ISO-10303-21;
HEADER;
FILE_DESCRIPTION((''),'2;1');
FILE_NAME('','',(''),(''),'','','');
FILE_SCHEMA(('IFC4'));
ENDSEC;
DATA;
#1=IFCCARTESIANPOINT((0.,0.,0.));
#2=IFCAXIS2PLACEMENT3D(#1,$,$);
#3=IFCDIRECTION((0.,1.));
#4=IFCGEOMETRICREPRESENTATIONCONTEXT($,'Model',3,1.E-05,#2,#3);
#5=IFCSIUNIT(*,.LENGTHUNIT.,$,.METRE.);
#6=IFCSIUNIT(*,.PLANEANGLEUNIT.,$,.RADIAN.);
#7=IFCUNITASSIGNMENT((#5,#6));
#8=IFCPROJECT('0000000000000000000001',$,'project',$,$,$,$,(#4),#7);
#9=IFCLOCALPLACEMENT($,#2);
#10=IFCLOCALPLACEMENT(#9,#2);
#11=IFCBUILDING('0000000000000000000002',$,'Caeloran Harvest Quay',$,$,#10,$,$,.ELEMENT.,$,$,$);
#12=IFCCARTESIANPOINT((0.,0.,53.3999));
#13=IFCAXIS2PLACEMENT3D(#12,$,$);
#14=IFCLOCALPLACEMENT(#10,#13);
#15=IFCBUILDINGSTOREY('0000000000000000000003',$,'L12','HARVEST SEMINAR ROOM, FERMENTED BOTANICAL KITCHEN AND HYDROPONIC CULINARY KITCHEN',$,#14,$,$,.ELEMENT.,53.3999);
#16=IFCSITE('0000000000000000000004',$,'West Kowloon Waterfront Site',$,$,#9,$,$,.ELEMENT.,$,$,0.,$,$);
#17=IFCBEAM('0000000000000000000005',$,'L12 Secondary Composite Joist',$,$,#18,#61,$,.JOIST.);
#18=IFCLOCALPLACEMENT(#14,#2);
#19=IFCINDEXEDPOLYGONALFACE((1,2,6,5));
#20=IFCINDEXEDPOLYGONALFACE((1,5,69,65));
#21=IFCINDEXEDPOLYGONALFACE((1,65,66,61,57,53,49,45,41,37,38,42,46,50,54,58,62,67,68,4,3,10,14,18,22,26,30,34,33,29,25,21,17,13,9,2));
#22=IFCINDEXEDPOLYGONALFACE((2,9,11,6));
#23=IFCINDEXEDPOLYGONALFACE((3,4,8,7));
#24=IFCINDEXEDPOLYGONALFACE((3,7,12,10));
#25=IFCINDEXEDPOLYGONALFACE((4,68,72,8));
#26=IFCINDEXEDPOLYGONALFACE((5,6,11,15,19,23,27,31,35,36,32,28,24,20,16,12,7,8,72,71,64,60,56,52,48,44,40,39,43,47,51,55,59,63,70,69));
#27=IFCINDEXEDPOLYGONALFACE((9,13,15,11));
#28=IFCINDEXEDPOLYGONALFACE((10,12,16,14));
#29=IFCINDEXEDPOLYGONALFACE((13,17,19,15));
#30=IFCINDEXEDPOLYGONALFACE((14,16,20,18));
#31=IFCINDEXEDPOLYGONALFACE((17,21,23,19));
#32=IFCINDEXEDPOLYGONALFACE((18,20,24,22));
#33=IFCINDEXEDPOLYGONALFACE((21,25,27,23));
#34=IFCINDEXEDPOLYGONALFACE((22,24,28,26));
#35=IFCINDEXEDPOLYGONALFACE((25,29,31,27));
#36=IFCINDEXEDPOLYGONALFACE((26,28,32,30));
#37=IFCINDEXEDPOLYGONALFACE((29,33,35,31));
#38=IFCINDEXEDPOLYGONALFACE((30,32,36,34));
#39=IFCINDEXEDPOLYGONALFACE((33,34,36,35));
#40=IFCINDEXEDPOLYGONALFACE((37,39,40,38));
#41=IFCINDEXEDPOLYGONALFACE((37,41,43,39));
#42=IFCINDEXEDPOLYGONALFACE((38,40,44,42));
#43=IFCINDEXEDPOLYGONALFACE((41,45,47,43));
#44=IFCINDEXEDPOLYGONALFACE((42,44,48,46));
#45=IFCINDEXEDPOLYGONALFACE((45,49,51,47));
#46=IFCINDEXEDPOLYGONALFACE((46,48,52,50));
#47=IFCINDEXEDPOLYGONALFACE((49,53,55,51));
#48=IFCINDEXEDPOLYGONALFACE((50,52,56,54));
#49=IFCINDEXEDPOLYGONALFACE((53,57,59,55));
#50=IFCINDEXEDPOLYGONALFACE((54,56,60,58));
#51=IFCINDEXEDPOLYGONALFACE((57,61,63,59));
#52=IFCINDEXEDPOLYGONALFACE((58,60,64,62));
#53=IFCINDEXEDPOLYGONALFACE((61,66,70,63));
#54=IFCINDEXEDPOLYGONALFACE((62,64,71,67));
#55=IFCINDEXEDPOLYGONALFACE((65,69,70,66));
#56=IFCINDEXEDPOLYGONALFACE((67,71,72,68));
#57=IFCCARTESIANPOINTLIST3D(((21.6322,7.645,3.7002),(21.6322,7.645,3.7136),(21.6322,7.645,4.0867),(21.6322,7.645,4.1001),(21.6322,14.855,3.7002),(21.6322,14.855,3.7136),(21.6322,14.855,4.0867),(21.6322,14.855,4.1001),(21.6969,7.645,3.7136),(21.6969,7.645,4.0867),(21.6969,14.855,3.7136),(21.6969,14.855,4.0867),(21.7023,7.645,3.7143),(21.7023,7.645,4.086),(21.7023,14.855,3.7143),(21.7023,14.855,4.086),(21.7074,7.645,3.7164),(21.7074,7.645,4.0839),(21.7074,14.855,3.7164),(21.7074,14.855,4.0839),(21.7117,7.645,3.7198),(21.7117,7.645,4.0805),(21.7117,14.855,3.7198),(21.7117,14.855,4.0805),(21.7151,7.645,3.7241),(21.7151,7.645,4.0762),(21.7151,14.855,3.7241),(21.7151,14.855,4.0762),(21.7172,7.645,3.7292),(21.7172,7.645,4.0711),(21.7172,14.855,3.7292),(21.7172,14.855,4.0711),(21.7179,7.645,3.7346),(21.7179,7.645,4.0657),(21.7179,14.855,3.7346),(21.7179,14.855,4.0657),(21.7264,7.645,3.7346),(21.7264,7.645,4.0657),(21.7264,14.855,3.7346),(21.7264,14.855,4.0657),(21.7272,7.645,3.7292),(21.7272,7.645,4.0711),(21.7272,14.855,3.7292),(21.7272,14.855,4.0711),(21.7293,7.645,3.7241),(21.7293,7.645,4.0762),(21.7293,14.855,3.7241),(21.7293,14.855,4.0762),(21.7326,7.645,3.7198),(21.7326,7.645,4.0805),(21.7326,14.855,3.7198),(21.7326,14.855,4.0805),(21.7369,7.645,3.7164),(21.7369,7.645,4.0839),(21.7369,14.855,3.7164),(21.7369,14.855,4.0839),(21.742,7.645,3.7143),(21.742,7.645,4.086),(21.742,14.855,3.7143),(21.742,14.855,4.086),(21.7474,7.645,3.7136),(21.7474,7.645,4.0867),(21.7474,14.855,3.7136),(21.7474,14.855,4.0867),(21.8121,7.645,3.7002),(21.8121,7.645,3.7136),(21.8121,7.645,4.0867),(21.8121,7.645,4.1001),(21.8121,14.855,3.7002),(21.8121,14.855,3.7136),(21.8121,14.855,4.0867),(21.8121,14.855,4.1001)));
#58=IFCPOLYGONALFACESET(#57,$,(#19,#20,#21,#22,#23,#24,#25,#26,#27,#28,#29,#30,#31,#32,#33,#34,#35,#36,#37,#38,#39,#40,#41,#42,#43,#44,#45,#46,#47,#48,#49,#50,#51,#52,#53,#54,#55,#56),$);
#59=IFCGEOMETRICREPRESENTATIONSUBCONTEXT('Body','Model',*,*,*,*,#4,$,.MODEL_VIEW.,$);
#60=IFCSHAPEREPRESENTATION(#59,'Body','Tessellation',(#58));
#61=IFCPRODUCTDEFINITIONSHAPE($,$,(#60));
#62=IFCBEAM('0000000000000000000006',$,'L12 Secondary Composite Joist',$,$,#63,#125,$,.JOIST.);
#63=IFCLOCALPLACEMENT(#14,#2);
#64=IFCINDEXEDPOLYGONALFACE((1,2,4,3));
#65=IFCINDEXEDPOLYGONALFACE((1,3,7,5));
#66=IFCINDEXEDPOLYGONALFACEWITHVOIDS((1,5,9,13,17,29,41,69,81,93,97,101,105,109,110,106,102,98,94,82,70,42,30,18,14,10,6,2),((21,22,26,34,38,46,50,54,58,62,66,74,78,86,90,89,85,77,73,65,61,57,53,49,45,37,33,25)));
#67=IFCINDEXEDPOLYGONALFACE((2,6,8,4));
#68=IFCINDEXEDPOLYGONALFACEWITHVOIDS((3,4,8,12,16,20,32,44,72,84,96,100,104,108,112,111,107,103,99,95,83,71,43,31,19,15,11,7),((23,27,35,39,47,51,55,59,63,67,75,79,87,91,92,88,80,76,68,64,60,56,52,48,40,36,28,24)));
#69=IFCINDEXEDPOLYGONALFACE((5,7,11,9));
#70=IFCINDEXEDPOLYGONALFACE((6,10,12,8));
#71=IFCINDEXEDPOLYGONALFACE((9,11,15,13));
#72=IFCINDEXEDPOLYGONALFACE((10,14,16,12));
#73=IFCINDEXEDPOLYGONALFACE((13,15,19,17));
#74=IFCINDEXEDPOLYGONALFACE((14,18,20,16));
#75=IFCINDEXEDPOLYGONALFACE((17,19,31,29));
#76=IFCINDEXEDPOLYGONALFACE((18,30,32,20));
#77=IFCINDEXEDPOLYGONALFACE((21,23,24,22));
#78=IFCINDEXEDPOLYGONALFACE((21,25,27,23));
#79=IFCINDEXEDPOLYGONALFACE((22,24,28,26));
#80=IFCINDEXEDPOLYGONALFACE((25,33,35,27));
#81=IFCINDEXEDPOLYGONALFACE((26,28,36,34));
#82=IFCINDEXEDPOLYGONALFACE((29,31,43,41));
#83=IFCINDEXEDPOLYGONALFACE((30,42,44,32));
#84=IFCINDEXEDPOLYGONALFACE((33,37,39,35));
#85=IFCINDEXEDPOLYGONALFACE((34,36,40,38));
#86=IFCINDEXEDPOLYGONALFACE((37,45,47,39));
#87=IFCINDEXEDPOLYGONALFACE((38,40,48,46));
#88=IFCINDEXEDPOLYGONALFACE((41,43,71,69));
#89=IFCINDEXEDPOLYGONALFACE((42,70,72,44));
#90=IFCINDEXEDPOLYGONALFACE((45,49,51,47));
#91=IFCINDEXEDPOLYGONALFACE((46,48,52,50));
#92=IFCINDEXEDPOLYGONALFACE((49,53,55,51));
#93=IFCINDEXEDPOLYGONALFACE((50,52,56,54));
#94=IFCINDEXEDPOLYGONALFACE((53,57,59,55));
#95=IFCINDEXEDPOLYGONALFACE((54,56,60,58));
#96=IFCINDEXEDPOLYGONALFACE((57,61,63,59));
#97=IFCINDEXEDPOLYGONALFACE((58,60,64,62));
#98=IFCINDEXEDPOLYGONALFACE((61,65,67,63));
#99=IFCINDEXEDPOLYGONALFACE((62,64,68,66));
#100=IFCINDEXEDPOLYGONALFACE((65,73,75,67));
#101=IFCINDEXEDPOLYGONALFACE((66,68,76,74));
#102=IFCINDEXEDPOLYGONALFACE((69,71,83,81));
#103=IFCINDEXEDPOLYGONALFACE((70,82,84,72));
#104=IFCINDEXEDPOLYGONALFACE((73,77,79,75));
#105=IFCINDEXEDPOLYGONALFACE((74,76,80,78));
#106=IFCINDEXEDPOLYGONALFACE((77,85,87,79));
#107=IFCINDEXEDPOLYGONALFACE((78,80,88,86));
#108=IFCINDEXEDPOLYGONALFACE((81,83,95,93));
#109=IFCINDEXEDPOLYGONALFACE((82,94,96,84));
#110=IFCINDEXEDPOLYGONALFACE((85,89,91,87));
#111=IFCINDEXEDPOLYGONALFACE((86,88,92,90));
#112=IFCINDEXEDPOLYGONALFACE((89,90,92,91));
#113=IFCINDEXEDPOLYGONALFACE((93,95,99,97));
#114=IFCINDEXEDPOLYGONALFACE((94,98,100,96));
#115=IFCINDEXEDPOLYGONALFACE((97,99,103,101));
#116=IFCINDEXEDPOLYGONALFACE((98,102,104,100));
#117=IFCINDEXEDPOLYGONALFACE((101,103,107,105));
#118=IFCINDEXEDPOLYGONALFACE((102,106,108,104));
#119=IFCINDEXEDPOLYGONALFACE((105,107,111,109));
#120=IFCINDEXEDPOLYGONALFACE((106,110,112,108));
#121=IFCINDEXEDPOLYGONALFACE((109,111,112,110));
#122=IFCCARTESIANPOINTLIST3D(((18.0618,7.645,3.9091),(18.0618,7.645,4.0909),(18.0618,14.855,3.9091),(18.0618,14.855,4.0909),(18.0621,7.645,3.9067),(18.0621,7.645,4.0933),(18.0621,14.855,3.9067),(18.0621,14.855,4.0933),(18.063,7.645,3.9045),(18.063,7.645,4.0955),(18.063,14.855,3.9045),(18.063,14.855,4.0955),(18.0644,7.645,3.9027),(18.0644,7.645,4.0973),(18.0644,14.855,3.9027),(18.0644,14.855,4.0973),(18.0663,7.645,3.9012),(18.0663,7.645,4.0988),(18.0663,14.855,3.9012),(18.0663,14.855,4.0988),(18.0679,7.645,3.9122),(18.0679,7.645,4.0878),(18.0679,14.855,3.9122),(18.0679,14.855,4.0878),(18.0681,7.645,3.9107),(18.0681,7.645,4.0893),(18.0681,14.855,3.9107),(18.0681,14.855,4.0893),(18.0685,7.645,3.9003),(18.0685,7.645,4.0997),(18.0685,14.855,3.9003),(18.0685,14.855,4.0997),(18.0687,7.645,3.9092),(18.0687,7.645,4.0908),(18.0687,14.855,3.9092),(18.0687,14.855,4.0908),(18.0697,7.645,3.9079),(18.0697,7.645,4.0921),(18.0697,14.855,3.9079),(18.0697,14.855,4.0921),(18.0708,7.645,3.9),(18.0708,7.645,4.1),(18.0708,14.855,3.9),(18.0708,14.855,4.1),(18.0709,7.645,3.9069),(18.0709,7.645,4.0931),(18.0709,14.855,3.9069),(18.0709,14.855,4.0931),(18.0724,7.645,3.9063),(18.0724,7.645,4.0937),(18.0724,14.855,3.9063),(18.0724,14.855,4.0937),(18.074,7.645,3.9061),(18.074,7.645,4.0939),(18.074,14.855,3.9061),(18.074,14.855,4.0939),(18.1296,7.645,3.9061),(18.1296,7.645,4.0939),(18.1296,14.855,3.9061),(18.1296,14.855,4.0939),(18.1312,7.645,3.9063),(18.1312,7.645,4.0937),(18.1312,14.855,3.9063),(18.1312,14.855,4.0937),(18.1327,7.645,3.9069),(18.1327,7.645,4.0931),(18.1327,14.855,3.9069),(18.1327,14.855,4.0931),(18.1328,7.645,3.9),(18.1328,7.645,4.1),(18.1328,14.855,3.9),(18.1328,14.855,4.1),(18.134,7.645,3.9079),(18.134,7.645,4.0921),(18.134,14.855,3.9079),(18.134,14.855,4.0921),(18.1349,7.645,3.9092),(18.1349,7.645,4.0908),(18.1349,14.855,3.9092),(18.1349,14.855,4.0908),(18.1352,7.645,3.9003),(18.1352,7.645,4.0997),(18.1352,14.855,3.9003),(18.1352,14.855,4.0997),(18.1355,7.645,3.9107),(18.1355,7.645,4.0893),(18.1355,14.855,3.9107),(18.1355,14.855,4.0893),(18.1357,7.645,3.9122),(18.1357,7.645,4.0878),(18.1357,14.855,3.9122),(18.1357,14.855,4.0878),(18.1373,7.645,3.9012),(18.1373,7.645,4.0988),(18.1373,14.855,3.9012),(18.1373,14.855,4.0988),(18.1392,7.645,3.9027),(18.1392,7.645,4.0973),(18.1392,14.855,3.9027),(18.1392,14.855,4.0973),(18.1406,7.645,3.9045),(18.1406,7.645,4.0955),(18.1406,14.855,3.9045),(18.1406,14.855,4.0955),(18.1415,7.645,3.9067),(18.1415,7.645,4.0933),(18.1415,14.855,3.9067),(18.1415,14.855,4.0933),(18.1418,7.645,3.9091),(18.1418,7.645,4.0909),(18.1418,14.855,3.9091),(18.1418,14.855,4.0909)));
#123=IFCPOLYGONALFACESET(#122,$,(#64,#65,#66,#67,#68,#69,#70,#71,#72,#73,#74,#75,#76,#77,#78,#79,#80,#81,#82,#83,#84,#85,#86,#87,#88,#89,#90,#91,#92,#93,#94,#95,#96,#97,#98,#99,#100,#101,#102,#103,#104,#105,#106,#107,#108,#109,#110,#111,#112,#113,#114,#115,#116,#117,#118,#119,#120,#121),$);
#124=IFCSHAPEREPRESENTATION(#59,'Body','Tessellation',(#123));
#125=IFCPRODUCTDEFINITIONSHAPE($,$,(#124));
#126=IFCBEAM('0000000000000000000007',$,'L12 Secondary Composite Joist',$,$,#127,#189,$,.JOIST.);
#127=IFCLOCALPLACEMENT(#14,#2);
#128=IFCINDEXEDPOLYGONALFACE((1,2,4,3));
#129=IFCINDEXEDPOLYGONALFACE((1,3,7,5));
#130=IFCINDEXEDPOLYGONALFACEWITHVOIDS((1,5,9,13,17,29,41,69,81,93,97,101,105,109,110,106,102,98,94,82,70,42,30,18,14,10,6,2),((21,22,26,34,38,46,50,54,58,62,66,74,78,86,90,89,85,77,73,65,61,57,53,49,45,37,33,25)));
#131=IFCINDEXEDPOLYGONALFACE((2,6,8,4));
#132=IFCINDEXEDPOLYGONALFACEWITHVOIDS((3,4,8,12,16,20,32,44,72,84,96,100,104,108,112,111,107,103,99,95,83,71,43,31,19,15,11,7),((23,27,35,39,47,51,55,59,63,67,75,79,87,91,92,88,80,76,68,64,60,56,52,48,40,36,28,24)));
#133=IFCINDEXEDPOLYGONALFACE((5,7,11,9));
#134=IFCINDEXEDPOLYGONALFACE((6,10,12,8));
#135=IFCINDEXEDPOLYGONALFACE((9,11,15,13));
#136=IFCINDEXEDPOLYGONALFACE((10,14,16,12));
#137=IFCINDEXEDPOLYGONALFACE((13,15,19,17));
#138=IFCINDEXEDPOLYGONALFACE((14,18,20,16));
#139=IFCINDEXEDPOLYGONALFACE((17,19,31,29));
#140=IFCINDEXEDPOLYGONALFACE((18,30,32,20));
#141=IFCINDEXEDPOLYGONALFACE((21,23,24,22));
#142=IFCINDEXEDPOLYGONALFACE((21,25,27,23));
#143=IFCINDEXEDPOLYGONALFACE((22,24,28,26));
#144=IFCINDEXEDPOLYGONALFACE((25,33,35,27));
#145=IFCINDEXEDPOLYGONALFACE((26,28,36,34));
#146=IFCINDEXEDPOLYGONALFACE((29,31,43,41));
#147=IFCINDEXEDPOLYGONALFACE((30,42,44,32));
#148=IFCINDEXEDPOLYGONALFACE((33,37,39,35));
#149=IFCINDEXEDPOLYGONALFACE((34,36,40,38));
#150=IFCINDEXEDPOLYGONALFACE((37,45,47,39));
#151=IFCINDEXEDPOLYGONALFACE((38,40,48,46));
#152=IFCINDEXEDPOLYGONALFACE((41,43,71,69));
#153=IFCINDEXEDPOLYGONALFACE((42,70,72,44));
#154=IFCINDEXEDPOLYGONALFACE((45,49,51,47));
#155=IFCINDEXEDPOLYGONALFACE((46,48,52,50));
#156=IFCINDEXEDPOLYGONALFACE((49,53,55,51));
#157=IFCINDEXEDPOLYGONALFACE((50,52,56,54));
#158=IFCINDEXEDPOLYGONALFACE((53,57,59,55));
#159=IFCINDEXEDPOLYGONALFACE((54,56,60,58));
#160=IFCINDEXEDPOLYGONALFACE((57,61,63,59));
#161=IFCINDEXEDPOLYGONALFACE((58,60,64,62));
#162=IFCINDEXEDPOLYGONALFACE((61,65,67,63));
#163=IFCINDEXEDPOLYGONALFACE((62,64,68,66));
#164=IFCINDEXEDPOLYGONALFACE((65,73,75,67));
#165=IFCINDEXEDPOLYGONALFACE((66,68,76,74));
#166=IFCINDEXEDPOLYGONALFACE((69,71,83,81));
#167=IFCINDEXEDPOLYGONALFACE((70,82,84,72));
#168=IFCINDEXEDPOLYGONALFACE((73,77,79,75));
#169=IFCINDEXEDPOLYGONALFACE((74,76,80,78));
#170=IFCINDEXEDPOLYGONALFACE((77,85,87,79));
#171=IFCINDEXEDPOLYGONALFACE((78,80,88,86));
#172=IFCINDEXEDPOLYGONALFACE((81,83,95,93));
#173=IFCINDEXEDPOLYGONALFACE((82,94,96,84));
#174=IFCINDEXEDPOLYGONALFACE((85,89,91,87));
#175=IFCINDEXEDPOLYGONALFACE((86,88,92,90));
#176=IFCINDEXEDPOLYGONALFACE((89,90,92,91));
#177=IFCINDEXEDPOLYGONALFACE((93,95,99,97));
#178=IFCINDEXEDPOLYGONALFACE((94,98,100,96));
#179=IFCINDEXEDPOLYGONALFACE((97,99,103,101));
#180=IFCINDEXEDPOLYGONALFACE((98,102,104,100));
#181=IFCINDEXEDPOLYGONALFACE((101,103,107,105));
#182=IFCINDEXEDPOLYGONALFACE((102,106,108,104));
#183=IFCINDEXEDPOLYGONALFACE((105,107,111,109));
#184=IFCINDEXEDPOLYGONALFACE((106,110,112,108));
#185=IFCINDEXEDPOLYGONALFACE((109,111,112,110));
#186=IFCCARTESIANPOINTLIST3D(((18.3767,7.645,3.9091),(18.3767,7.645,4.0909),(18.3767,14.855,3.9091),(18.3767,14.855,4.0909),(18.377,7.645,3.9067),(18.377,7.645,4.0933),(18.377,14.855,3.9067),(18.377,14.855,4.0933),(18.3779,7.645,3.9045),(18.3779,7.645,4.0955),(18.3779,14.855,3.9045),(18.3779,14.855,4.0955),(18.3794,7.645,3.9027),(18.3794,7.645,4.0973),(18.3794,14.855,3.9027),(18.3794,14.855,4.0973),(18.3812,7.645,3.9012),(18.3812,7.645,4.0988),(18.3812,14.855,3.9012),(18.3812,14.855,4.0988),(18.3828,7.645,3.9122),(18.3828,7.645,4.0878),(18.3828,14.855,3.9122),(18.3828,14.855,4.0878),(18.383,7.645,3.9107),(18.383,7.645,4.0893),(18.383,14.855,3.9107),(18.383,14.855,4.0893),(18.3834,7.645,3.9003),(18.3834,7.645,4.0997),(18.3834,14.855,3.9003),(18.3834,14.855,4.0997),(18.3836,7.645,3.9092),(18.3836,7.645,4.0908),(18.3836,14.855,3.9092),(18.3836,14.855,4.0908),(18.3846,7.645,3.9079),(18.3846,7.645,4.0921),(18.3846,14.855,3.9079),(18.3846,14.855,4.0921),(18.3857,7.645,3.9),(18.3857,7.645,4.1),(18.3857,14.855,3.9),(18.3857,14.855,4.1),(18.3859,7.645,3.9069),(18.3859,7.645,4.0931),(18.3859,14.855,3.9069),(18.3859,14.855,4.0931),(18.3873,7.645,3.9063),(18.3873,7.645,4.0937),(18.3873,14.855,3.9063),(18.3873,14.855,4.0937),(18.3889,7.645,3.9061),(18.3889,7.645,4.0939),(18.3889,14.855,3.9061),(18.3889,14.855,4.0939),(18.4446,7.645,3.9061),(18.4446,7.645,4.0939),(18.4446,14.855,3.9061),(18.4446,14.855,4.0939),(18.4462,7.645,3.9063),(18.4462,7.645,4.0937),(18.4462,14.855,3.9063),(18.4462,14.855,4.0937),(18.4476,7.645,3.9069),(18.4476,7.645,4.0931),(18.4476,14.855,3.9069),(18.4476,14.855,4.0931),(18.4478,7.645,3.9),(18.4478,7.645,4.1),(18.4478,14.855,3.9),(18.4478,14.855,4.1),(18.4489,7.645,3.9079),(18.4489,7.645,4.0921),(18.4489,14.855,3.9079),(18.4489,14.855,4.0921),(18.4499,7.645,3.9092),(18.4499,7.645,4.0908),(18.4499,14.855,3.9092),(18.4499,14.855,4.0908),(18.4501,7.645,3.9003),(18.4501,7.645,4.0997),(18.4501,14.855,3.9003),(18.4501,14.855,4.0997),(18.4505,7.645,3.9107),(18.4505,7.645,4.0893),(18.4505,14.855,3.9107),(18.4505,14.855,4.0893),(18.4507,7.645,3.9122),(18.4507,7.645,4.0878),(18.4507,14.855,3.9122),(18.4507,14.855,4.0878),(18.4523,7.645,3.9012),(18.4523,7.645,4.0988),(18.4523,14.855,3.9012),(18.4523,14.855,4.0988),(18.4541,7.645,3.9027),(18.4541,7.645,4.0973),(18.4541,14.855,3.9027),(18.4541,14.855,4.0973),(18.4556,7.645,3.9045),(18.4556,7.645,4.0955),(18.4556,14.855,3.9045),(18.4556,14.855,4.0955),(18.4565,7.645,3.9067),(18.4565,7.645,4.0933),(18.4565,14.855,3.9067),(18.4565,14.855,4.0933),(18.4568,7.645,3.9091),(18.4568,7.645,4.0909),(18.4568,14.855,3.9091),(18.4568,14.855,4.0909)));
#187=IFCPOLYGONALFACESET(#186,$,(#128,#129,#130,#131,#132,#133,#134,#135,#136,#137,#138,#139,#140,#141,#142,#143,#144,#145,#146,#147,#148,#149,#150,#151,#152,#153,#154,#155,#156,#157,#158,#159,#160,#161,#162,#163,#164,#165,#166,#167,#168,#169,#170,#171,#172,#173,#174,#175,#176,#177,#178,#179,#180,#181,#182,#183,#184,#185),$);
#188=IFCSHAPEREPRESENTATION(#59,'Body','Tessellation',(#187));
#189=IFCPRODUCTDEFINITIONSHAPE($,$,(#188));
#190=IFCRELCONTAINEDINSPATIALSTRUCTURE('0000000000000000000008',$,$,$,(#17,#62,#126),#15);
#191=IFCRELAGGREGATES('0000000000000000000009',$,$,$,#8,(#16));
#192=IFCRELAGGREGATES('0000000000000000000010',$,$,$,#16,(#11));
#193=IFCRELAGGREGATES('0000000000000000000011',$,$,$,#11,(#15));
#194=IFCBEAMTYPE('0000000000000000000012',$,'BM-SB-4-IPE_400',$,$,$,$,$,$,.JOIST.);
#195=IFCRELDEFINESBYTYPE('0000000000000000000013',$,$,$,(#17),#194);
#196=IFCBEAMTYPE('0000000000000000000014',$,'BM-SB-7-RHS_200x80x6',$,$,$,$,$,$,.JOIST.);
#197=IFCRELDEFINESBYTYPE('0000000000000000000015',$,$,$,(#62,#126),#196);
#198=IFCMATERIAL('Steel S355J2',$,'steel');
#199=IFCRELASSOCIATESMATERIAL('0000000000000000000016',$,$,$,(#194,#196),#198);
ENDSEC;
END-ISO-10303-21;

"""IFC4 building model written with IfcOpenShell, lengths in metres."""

from ifc_helpers import new_model, si_unit, direction, frame, origin, origin_2d, place, context, subcontext, project, spatial, hollow_rectangle, i_section, extrude, material, material_profile, profile_set, type_object, element, save


model = new_model("IFC4")

# Units and contexts
model_context = context("Model", 3, precision=1e-05, world=origin(), true_north=direction((0.0, 1.0)))
body_context = subcontext(model_context, "Body", "Model", "MODEL_VIEW")
ifc_project = project(units=[si_unit("LENGTHUNIT", "METRE"), si_unit("PLANEANGLEUNIT", "RADIAN")], contexts=[model_context])

# Site, building, storey
site_placement = place(None, origin())
site = spatial("IfcSite", under=ifc_project, at=site_placement, Name="West Kowloon Waterfront Site", CompositionType="ELEMENT", RefElevation=0.0)
building_placement = place(site_placement, origin())
building = spatial("IfcBuilding", under=site, at=building_placement, Name="Caeloran Harvest Quay", CompositionType="ELEMENT")
storey_placement = place(building_placement, frame((0.0, 0.0, 53.3999)))
storey = spatial("IfcBuildingStorey", under=building, at=storey_placement, Name="L12", Description="HARVEST SEMINAR ROOM, FERMENTED BOTANICAL KITCHEN AND HYDROPONIC CULINARY KITCHEN", CompositionType="ELEMENT", Elevation=53.3999)

# Beams
ifc_material = material(Name="Steel S355J2", Category="steel")
ifc_material_profile_1 = material_profile(ifc_material, i_section(OverallWidth=0.1799, OverallDepth=0.3999, WebThickness=0.0085, FlangeThickness=0.0134, FilletRadius=0.021, at=origin_2d()), Name="IPE 400")
ifc_profile_set_1 = profile_set([ifc_material_profile_1], Name="Steel S355J2")
beam_type_1 = type_object("IfcBeamType", Name="BM-SB-4-IPE_400", PredefinedType="JOIST", material=ifc_profile_set_1)
for number, where, z_axis, x_axis, name in (
    (1, (21.7222, 7.645, 3.9001), (0.0, 1.0, 0.0), (-1.0, 0.0, 0.0), "L12 Secondary Composite Joist"),
):
    element("IfcBeam", number, at=place(storey_placement, frame(where, z_axis=z_axis, x_axis=x_axis)), inside=storey, type_object=beam_type_1, Name=name, PredefinedType="JOIST", context=body_context, shape_type="SweptSolid", body=[
        extrude(i_section(OverallWidth=0.1799, OverallDepth=0.3999, WebThickness=0.0085, FlangeThickness=0.0134, FilletRadius=0.021, at=origin_2d()), origin(), (0.0, 0.0, 1.0), 7.21),
    ])
ifc_material_profile_2 = material_profile(ifc_material, hollow_rectangle(XDim=0.0801, YDim=0.2, WallThickness=0.0061, InnerFilletRadius=0.0061, OuterFilletRadius=0.009, at=origin_2d()), Name="RHS 200x80x6")
ifc_profile_set_2 = profile_set([ifc_material_profile_2], Name="Steel S355J2")
beam_type_2 = type_object("IfcBeamType", Name="BM-SB-7-RHS_200x80x6", PredefinedType="JOIST", material=ifc_profile_set_2)
for number, where, z_axis, x_axis, name in (
    (2, (18.1018, 7.645, 4.0), (0.0, 1.0, 0.0), (-1.0, 0.0, 0.0), "L12 Secondary Composite Joist"),
    (3, (18.4167, 7.645, 4.0), (0.0, 1.0, 0.0), (-1.0, 0.0, 0.0), "L12 Secondary Composite Joist"),
):
    element("IfcBeam", number, at=place(storey_placement, frame(where, z_axis=z_axis, x_axis=x_axis)), inside=storey, type_object=beam_type_2, Name=name, PredefinedType="JOIST", context=body_context, shape_type="SweptSolid", body=[
        extrude(hollow_rectangle(XDim=0.0801, YDim=0.2, WallThickness=0.0061, InnerFilletRadius=0.0061, OuterFilletRadius=0.009, at=origin_2d()), origin(), (0.0, 0.0, 1.0), 7.21),
    ])

save(model, "model.ifc")
